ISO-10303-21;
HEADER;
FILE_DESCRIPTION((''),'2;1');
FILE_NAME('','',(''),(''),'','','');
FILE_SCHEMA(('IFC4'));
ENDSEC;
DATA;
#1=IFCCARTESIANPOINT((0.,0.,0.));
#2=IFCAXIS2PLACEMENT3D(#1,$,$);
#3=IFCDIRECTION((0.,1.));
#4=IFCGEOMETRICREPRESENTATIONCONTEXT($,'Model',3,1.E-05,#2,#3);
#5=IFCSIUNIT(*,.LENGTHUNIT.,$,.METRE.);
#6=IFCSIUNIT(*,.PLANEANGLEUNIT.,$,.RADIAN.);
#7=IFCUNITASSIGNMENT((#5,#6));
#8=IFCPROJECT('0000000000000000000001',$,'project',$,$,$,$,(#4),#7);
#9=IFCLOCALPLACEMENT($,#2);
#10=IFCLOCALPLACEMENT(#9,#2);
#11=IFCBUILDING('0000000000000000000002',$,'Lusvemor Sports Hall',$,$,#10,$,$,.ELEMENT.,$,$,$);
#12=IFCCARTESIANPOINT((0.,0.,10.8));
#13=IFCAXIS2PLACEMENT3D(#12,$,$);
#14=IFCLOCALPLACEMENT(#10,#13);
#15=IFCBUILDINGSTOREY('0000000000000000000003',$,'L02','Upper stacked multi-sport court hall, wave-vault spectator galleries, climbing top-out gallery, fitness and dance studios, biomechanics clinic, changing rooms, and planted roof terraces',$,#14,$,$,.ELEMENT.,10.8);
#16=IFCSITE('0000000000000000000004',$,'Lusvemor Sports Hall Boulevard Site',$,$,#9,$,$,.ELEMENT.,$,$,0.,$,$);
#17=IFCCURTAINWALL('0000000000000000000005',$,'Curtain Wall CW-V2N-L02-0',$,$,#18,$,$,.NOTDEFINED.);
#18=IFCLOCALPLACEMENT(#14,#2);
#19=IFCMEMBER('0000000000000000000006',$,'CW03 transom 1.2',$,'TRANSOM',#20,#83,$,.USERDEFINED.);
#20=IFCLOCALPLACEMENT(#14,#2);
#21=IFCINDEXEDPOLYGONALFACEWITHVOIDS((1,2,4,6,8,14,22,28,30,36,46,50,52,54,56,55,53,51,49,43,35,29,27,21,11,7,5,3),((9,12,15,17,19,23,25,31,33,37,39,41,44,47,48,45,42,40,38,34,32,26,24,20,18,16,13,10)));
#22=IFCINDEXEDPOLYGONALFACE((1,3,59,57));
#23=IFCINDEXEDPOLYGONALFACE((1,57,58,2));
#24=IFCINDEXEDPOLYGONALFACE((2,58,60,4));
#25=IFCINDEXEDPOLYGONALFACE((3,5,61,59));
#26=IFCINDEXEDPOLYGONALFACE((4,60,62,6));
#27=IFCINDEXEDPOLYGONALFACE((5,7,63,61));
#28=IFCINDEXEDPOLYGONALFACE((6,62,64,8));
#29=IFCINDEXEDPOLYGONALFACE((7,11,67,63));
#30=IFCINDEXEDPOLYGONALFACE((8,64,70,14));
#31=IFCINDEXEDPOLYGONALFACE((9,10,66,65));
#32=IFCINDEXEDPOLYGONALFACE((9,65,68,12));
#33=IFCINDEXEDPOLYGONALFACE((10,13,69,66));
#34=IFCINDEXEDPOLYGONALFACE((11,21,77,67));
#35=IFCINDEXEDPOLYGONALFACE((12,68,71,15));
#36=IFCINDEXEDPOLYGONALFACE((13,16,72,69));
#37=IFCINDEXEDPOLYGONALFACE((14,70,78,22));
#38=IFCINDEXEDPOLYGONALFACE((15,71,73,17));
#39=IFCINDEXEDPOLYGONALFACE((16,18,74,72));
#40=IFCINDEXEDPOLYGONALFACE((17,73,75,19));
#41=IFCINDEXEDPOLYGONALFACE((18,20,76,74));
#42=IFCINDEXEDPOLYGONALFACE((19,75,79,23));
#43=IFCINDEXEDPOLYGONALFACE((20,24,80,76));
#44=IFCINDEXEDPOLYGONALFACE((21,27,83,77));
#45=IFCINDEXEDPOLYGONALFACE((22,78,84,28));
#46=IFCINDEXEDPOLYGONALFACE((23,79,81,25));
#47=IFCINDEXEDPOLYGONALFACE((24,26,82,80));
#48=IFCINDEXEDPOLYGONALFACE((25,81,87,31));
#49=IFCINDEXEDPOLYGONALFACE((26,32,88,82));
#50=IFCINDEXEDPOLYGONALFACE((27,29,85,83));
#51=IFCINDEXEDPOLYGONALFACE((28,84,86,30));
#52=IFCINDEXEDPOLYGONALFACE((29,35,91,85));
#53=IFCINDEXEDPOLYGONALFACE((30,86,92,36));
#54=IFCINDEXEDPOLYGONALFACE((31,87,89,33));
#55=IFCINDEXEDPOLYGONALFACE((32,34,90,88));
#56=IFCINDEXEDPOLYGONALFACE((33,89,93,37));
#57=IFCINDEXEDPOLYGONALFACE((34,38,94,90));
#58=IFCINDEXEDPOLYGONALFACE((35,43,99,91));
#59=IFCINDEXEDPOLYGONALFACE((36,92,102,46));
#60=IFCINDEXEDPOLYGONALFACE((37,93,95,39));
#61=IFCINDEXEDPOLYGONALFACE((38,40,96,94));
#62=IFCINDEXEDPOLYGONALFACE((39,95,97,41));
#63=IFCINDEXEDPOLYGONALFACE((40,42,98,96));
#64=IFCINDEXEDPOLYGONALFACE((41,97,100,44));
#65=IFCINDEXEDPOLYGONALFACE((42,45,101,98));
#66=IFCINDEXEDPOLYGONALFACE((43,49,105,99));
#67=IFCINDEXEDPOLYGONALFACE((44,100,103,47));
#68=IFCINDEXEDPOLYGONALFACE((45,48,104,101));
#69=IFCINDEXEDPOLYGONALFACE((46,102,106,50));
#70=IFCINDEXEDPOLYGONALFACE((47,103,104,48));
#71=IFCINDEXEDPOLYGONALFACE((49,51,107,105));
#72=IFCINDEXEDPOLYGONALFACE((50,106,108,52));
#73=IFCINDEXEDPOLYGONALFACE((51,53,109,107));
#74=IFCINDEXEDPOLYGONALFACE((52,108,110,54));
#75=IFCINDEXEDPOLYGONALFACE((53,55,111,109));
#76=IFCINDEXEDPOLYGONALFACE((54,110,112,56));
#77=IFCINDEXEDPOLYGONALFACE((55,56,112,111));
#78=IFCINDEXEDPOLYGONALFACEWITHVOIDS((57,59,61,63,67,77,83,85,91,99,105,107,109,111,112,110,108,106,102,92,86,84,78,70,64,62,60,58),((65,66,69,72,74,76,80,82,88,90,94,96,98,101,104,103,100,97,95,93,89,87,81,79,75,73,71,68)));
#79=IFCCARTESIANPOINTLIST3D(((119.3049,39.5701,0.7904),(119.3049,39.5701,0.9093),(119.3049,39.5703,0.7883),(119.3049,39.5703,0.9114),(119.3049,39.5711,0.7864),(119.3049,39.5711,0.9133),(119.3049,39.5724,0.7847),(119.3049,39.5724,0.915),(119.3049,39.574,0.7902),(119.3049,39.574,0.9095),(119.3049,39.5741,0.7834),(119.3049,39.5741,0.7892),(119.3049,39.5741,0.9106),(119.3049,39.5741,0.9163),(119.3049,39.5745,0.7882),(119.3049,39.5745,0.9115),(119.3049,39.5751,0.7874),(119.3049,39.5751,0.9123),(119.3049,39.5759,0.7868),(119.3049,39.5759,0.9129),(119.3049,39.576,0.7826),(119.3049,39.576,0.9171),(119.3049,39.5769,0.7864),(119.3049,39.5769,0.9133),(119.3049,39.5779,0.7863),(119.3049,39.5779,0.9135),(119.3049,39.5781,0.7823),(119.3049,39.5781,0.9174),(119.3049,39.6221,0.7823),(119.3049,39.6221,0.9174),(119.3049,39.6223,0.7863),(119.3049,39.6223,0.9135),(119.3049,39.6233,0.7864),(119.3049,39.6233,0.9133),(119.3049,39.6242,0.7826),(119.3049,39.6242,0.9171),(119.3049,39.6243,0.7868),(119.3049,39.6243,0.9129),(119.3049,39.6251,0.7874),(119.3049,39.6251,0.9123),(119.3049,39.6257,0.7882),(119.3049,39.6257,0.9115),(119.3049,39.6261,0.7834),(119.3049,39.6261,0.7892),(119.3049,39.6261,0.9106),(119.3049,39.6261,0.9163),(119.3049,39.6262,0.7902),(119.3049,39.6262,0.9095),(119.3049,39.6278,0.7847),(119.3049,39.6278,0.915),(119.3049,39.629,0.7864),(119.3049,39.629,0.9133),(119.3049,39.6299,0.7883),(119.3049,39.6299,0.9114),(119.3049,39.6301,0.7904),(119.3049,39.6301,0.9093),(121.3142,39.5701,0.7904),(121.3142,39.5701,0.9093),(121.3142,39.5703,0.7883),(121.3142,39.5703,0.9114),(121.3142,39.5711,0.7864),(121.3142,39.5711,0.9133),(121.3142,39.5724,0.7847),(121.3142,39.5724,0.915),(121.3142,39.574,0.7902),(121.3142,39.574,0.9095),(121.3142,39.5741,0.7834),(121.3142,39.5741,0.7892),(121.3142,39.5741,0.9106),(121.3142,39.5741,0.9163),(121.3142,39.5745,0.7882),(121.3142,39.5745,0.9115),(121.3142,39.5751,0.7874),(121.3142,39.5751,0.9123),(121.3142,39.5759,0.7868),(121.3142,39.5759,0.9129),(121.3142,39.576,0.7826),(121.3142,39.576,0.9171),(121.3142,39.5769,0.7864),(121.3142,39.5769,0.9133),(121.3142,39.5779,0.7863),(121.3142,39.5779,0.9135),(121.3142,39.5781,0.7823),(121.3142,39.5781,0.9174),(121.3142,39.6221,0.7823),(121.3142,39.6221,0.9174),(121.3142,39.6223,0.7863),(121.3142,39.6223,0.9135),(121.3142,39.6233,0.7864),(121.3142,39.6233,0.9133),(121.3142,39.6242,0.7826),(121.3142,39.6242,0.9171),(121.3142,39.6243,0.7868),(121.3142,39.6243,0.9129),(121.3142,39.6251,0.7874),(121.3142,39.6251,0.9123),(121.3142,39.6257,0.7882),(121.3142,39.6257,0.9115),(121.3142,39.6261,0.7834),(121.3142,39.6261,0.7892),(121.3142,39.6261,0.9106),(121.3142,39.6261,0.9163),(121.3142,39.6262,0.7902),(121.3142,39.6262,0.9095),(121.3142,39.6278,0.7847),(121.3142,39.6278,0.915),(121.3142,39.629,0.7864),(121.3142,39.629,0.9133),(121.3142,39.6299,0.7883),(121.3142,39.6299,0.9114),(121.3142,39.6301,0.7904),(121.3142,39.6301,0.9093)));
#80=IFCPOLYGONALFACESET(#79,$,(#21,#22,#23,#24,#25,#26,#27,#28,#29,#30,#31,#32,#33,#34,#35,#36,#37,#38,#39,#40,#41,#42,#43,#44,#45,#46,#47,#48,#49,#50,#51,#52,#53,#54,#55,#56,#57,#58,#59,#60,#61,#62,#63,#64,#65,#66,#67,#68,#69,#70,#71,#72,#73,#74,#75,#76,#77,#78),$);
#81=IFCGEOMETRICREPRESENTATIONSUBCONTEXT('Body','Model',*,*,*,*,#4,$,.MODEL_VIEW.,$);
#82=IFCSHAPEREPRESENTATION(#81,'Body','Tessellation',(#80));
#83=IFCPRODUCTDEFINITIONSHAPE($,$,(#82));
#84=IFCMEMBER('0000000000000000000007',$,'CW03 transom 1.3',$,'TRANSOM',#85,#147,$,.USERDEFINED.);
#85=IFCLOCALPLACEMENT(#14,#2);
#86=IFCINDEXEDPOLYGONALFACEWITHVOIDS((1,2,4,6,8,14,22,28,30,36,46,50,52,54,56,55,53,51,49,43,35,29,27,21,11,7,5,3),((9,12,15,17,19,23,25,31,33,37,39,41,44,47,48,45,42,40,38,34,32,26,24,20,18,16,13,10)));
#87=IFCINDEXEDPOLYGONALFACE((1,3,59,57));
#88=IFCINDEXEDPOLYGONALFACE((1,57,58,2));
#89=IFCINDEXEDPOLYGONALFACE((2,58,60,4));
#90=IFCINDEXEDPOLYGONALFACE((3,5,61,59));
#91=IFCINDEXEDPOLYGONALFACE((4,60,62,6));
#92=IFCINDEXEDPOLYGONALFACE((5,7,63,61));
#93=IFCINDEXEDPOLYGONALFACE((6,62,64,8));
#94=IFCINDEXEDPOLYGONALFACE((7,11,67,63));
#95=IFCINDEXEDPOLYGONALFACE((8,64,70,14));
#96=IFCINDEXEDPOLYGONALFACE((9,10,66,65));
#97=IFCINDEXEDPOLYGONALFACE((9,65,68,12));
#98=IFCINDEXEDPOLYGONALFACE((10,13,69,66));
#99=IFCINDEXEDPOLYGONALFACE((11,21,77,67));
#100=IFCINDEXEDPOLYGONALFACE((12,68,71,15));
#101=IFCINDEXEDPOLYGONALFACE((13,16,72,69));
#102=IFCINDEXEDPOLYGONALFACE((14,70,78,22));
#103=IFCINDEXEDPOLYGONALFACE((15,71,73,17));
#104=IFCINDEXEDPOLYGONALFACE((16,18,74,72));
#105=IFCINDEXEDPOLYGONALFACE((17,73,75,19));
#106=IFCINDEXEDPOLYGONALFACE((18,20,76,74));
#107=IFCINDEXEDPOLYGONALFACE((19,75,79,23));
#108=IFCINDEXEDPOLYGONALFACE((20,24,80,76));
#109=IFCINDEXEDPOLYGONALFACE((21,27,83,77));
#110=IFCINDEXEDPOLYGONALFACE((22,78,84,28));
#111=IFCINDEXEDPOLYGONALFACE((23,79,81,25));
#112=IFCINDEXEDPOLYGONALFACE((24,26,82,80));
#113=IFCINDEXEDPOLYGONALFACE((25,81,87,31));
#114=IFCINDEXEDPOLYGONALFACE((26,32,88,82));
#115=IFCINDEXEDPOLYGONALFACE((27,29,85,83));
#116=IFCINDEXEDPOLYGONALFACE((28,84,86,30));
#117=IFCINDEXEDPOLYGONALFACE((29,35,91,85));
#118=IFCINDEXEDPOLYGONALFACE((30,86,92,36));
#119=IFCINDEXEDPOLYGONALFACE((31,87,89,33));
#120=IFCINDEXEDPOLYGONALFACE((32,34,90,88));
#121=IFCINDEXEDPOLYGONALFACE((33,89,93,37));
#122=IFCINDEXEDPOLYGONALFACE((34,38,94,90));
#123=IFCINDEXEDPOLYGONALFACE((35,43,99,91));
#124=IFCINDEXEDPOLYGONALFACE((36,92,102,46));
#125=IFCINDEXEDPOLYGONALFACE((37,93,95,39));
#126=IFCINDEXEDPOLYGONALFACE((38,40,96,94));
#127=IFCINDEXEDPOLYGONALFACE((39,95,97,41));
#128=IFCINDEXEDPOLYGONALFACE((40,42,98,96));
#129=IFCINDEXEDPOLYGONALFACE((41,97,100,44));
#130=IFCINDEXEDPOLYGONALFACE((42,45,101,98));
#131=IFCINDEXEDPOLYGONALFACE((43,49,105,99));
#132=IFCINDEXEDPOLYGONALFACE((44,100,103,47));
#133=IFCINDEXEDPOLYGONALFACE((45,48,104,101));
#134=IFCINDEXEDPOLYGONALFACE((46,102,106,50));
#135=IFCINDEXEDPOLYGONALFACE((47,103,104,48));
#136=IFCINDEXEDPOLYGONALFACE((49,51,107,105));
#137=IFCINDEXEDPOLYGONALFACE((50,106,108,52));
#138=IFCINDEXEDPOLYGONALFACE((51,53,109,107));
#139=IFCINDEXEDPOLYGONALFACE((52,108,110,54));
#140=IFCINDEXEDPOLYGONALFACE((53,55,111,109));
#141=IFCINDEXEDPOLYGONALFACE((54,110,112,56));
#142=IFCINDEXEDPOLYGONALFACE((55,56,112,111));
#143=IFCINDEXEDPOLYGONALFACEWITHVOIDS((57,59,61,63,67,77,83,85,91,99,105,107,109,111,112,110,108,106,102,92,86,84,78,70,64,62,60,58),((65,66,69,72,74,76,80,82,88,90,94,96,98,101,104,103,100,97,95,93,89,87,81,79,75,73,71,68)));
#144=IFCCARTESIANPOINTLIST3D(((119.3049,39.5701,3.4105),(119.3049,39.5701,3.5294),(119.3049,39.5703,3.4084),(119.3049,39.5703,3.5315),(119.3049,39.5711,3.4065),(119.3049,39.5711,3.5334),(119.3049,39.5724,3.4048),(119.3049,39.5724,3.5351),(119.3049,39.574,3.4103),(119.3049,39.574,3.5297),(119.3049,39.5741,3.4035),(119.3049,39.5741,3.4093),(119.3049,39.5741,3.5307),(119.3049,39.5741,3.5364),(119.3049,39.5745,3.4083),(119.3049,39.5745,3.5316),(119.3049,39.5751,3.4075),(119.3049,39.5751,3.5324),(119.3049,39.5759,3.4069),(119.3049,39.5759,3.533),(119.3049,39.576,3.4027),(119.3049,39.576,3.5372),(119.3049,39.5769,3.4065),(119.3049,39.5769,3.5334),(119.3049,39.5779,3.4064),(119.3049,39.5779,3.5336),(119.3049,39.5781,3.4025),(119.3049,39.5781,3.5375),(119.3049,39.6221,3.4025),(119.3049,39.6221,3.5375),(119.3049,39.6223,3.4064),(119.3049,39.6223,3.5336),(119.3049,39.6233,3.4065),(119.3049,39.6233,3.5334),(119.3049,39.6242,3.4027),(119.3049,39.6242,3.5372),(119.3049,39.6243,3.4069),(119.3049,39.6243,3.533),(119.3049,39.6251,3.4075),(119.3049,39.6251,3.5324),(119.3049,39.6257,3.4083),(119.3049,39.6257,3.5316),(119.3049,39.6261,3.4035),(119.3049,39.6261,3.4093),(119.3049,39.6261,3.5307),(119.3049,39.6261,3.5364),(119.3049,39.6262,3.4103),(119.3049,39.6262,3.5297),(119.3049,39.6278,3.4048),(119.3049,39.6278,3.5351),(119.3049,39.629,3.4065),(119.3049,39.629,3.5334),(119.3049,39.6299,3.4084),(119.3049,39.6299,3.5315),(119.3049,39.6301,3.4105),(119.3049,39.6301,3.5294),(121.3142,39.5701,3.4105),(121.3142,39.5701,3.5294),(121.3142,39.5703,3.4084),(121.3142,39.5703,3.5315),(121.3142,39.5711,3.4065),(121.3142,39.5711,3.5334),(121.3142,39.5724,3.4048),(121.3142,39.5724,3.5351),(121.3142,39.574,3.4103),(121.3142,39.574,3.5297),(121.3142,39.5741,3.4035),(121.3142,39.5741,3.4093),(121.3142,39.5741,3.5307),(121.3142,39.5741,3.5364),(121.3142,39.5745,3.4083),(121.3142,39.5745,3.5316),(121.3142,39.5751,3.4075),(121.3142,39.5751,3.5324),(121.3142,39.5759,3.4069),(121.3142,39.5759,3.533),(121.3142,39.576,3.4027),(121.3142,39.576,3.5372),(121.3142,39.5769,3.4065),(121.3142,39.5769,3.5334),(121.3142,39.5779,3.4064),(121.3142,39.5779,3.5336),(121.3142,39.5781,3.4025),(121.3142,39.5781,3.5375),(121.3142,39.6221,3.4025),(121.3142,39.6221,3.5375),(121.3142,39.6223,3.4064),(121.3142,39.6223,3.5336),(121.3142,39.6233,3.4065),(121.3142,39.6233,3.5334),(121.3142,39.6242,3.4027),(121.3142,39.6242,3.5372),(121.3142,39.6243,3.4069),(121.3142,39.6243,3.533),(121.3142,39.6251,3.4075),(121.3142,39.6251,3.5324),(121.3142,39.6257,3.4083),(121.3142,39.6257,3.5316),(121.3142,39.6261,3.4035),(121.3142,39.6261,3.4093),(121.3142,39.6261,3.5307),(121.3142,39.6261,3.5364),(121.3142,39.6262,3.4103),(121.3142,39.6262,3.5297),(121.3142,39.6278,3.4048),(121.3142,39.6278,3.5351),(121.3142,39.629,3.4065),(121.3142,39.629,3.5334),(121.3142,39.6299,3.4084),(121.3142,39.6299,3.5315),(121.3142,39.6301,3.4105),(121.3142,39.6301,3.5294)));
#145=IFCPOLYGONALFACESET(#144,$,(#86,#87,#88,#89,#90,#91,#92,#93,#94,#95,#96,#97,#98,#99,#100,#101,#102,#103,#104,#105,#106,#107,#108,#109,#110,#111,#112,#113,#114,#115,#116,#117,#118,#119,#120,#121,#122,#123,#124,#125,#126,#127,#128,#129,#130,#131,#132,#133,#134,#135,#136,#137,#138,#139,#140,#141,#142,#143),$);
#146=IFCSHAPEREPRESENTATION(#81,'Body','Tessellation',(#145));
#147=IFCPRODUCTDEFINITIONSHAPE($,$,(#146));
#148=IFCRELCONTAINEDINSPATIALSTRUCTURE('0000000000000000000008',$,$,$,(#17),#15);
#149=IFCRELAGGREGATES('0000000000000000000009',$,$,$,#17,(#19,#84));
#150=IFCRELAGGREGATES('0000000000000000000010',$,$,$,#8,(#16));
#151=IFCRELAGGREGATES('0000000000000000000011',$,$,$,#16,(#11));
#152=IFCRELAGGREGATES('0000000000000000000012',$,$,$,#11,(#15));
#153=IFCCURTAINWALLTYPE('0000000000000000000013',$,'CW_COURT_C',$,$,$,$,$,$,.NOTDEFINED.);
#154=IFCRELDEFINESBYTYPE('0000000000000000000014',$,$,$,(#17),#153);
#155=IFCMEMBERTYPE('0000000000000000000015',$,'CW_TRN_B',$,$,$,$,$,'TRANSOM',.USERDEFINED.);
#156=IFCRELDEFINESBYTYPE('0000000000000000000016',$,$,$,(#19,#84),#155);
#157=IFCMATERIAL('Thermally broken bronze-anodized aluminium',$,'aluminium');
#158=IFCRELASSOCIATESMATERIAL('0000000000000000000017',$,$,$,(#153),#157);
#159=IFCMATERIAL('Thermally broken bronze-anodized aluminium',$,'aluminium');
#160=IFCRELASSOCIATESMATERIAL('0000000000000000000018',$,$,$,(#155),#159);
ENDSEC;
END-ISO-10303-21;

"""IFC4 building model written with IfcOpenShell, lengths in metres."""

from ifc_helpers import new_model, si_unit, direction, frame, origin, origin_2d, place, context, subcontext, project, spatial, hollow_rectangle, extrude, material, material_profile, profile_set, type_object, element, aggregate, save


model = new_model("IFC4")

# Units and contexts
model_context = context("Model", 3, precision=1e-05, world=origin(), true_north=direction((0.0, 1.0)))
body_context = subcontext(model_context, "Body", "Model", "MODEL_VIEW")
ifc_project = project(units=[si_unit("LENGTHUNIT", "METRE"), si_unit("PLANEANGLEUNIT", "RADIAN")], contexts=[model_context])

# Site, building, storey
site_placement = place(None, origin())
site = spatial("IfcSite", under=ifc_project, at=site_placement, Name="Lusvemor Sports Hall Boulevard Site", CompositionType="ELEMENT", RefElevation=0.0)
building_placement = place(site_placement, origin())
building = spatial("IfcBuilding", under=site, at=building_placement, Name="Lusvemor Sports Hall", CompositionType="ELEMENT")
storey_placement = place(building_placement, frame((0.0, 0.0, 10.8)))
storey = spatial("IfcBuildingStorey", under=building, at=storey_placement, Name="L02", Description="Upper stacked multi-sport court hall, wave-vault spectator galleries, climbing top-out gallery, fitness and dance studios, biomechanics clinic, changing rooms, and planted roof terraces", CompositionType="ELEMENT", Elevation=10.8)

# Curtain wall
ifc_material_1 = material(Name="Thermally broken bronze-anodized aluminium", Category="aluminium")
curtain_wall_type = type_object("IfcCurtainWallType", Name="CW_COURT_C", PredefinedType="NOTDEFINED", material=ifc_material_1)
curtain_wall_1_placement = place(storey_placement, origin())
curtain_wall_1 = element("IfcCurtainWall", 1, at=curtain_wall_1_placement, inside=storey, type_object=curtain_wall_type, Name="Curtain Wall CW-V2N-L02-0", PredefinedType="NOTDEFINED")

# Members
ifc_material_2 = material(Name="Thermally broken bronze-anodized aluminium", Category="aluminium")
ifc_material_profile_1 = material_profile(ifc_material_2, hollow_rectangle(XDim=0.0601, YDim=0.135, WallThickness=0.0039, InnerFilletRadius=0.0039, OuterFilletRadius=0.0081, at=origin_2d()), Name="CWTRN135x60x4")
ifc_profile_set_1 = profile_set([ifc_material_profile_1], Name="Thermally broken bronze-anodized aluminium")
member_type_1 = type_object("IfcMemberType", Name="CW_TRN_B", ElementType="TRANSOM", PredefinedType="USERDEFINED", material=ifc_profile_set_1)
member_1_placement = place(storey_placement, frame((119.3049, 39.6001, 0.8499), z_axis=(1.0, 0.0, 0.0), x_axis=(0.0, 1.0, 0.0)))
member_1 = element("IfcMember", 2, at=member_1_placement, type_object=member_type_1, Name="CW03 transom 1.2", ObjectType="TRANSOM", PredefinedType="USERDEFINED", context=body_context, shape_type="SweptSolid", body=[
    extrude(hollow_rectangle(XDim=0.0601, YDim=0.135, WallThickness=0.0039, InnerFilletRadius=0.0039, OuterFilletRadius=0.0081, at=origin_2d()), origin(), (0.0, 0.0, 1.0), 2.0093),
])
member_2_placement = place(storey_placement, frame((119.3049, 39.6001, 3.47), z_axis=(1.0, 0.0, 0.0), x_axis=(0.0, 1.0, 0.0)))
member_2 = element("IfcMember", 3, at=member_2_placement, type_object=member_type_1, Name="CW03 transom 1.3", ObjectType="TRANSOM", PredefinedType="USERDEFINED", context=body_context, shape_type="SweptSolid", body=[
    extrude(hollow_rectangle(XDim=0.0601, YDim=0.135, WallThickness=0.0039, InnerFilletRadius=0.0039, OuterFilletRadius=0.0081, at=origin_2d()), origin(), (0.0, 0.0, 1.0), 2.0093),
])

aggregate(curtain_wall_1, [member_1, member_2])

save(model, "model.ifc")
